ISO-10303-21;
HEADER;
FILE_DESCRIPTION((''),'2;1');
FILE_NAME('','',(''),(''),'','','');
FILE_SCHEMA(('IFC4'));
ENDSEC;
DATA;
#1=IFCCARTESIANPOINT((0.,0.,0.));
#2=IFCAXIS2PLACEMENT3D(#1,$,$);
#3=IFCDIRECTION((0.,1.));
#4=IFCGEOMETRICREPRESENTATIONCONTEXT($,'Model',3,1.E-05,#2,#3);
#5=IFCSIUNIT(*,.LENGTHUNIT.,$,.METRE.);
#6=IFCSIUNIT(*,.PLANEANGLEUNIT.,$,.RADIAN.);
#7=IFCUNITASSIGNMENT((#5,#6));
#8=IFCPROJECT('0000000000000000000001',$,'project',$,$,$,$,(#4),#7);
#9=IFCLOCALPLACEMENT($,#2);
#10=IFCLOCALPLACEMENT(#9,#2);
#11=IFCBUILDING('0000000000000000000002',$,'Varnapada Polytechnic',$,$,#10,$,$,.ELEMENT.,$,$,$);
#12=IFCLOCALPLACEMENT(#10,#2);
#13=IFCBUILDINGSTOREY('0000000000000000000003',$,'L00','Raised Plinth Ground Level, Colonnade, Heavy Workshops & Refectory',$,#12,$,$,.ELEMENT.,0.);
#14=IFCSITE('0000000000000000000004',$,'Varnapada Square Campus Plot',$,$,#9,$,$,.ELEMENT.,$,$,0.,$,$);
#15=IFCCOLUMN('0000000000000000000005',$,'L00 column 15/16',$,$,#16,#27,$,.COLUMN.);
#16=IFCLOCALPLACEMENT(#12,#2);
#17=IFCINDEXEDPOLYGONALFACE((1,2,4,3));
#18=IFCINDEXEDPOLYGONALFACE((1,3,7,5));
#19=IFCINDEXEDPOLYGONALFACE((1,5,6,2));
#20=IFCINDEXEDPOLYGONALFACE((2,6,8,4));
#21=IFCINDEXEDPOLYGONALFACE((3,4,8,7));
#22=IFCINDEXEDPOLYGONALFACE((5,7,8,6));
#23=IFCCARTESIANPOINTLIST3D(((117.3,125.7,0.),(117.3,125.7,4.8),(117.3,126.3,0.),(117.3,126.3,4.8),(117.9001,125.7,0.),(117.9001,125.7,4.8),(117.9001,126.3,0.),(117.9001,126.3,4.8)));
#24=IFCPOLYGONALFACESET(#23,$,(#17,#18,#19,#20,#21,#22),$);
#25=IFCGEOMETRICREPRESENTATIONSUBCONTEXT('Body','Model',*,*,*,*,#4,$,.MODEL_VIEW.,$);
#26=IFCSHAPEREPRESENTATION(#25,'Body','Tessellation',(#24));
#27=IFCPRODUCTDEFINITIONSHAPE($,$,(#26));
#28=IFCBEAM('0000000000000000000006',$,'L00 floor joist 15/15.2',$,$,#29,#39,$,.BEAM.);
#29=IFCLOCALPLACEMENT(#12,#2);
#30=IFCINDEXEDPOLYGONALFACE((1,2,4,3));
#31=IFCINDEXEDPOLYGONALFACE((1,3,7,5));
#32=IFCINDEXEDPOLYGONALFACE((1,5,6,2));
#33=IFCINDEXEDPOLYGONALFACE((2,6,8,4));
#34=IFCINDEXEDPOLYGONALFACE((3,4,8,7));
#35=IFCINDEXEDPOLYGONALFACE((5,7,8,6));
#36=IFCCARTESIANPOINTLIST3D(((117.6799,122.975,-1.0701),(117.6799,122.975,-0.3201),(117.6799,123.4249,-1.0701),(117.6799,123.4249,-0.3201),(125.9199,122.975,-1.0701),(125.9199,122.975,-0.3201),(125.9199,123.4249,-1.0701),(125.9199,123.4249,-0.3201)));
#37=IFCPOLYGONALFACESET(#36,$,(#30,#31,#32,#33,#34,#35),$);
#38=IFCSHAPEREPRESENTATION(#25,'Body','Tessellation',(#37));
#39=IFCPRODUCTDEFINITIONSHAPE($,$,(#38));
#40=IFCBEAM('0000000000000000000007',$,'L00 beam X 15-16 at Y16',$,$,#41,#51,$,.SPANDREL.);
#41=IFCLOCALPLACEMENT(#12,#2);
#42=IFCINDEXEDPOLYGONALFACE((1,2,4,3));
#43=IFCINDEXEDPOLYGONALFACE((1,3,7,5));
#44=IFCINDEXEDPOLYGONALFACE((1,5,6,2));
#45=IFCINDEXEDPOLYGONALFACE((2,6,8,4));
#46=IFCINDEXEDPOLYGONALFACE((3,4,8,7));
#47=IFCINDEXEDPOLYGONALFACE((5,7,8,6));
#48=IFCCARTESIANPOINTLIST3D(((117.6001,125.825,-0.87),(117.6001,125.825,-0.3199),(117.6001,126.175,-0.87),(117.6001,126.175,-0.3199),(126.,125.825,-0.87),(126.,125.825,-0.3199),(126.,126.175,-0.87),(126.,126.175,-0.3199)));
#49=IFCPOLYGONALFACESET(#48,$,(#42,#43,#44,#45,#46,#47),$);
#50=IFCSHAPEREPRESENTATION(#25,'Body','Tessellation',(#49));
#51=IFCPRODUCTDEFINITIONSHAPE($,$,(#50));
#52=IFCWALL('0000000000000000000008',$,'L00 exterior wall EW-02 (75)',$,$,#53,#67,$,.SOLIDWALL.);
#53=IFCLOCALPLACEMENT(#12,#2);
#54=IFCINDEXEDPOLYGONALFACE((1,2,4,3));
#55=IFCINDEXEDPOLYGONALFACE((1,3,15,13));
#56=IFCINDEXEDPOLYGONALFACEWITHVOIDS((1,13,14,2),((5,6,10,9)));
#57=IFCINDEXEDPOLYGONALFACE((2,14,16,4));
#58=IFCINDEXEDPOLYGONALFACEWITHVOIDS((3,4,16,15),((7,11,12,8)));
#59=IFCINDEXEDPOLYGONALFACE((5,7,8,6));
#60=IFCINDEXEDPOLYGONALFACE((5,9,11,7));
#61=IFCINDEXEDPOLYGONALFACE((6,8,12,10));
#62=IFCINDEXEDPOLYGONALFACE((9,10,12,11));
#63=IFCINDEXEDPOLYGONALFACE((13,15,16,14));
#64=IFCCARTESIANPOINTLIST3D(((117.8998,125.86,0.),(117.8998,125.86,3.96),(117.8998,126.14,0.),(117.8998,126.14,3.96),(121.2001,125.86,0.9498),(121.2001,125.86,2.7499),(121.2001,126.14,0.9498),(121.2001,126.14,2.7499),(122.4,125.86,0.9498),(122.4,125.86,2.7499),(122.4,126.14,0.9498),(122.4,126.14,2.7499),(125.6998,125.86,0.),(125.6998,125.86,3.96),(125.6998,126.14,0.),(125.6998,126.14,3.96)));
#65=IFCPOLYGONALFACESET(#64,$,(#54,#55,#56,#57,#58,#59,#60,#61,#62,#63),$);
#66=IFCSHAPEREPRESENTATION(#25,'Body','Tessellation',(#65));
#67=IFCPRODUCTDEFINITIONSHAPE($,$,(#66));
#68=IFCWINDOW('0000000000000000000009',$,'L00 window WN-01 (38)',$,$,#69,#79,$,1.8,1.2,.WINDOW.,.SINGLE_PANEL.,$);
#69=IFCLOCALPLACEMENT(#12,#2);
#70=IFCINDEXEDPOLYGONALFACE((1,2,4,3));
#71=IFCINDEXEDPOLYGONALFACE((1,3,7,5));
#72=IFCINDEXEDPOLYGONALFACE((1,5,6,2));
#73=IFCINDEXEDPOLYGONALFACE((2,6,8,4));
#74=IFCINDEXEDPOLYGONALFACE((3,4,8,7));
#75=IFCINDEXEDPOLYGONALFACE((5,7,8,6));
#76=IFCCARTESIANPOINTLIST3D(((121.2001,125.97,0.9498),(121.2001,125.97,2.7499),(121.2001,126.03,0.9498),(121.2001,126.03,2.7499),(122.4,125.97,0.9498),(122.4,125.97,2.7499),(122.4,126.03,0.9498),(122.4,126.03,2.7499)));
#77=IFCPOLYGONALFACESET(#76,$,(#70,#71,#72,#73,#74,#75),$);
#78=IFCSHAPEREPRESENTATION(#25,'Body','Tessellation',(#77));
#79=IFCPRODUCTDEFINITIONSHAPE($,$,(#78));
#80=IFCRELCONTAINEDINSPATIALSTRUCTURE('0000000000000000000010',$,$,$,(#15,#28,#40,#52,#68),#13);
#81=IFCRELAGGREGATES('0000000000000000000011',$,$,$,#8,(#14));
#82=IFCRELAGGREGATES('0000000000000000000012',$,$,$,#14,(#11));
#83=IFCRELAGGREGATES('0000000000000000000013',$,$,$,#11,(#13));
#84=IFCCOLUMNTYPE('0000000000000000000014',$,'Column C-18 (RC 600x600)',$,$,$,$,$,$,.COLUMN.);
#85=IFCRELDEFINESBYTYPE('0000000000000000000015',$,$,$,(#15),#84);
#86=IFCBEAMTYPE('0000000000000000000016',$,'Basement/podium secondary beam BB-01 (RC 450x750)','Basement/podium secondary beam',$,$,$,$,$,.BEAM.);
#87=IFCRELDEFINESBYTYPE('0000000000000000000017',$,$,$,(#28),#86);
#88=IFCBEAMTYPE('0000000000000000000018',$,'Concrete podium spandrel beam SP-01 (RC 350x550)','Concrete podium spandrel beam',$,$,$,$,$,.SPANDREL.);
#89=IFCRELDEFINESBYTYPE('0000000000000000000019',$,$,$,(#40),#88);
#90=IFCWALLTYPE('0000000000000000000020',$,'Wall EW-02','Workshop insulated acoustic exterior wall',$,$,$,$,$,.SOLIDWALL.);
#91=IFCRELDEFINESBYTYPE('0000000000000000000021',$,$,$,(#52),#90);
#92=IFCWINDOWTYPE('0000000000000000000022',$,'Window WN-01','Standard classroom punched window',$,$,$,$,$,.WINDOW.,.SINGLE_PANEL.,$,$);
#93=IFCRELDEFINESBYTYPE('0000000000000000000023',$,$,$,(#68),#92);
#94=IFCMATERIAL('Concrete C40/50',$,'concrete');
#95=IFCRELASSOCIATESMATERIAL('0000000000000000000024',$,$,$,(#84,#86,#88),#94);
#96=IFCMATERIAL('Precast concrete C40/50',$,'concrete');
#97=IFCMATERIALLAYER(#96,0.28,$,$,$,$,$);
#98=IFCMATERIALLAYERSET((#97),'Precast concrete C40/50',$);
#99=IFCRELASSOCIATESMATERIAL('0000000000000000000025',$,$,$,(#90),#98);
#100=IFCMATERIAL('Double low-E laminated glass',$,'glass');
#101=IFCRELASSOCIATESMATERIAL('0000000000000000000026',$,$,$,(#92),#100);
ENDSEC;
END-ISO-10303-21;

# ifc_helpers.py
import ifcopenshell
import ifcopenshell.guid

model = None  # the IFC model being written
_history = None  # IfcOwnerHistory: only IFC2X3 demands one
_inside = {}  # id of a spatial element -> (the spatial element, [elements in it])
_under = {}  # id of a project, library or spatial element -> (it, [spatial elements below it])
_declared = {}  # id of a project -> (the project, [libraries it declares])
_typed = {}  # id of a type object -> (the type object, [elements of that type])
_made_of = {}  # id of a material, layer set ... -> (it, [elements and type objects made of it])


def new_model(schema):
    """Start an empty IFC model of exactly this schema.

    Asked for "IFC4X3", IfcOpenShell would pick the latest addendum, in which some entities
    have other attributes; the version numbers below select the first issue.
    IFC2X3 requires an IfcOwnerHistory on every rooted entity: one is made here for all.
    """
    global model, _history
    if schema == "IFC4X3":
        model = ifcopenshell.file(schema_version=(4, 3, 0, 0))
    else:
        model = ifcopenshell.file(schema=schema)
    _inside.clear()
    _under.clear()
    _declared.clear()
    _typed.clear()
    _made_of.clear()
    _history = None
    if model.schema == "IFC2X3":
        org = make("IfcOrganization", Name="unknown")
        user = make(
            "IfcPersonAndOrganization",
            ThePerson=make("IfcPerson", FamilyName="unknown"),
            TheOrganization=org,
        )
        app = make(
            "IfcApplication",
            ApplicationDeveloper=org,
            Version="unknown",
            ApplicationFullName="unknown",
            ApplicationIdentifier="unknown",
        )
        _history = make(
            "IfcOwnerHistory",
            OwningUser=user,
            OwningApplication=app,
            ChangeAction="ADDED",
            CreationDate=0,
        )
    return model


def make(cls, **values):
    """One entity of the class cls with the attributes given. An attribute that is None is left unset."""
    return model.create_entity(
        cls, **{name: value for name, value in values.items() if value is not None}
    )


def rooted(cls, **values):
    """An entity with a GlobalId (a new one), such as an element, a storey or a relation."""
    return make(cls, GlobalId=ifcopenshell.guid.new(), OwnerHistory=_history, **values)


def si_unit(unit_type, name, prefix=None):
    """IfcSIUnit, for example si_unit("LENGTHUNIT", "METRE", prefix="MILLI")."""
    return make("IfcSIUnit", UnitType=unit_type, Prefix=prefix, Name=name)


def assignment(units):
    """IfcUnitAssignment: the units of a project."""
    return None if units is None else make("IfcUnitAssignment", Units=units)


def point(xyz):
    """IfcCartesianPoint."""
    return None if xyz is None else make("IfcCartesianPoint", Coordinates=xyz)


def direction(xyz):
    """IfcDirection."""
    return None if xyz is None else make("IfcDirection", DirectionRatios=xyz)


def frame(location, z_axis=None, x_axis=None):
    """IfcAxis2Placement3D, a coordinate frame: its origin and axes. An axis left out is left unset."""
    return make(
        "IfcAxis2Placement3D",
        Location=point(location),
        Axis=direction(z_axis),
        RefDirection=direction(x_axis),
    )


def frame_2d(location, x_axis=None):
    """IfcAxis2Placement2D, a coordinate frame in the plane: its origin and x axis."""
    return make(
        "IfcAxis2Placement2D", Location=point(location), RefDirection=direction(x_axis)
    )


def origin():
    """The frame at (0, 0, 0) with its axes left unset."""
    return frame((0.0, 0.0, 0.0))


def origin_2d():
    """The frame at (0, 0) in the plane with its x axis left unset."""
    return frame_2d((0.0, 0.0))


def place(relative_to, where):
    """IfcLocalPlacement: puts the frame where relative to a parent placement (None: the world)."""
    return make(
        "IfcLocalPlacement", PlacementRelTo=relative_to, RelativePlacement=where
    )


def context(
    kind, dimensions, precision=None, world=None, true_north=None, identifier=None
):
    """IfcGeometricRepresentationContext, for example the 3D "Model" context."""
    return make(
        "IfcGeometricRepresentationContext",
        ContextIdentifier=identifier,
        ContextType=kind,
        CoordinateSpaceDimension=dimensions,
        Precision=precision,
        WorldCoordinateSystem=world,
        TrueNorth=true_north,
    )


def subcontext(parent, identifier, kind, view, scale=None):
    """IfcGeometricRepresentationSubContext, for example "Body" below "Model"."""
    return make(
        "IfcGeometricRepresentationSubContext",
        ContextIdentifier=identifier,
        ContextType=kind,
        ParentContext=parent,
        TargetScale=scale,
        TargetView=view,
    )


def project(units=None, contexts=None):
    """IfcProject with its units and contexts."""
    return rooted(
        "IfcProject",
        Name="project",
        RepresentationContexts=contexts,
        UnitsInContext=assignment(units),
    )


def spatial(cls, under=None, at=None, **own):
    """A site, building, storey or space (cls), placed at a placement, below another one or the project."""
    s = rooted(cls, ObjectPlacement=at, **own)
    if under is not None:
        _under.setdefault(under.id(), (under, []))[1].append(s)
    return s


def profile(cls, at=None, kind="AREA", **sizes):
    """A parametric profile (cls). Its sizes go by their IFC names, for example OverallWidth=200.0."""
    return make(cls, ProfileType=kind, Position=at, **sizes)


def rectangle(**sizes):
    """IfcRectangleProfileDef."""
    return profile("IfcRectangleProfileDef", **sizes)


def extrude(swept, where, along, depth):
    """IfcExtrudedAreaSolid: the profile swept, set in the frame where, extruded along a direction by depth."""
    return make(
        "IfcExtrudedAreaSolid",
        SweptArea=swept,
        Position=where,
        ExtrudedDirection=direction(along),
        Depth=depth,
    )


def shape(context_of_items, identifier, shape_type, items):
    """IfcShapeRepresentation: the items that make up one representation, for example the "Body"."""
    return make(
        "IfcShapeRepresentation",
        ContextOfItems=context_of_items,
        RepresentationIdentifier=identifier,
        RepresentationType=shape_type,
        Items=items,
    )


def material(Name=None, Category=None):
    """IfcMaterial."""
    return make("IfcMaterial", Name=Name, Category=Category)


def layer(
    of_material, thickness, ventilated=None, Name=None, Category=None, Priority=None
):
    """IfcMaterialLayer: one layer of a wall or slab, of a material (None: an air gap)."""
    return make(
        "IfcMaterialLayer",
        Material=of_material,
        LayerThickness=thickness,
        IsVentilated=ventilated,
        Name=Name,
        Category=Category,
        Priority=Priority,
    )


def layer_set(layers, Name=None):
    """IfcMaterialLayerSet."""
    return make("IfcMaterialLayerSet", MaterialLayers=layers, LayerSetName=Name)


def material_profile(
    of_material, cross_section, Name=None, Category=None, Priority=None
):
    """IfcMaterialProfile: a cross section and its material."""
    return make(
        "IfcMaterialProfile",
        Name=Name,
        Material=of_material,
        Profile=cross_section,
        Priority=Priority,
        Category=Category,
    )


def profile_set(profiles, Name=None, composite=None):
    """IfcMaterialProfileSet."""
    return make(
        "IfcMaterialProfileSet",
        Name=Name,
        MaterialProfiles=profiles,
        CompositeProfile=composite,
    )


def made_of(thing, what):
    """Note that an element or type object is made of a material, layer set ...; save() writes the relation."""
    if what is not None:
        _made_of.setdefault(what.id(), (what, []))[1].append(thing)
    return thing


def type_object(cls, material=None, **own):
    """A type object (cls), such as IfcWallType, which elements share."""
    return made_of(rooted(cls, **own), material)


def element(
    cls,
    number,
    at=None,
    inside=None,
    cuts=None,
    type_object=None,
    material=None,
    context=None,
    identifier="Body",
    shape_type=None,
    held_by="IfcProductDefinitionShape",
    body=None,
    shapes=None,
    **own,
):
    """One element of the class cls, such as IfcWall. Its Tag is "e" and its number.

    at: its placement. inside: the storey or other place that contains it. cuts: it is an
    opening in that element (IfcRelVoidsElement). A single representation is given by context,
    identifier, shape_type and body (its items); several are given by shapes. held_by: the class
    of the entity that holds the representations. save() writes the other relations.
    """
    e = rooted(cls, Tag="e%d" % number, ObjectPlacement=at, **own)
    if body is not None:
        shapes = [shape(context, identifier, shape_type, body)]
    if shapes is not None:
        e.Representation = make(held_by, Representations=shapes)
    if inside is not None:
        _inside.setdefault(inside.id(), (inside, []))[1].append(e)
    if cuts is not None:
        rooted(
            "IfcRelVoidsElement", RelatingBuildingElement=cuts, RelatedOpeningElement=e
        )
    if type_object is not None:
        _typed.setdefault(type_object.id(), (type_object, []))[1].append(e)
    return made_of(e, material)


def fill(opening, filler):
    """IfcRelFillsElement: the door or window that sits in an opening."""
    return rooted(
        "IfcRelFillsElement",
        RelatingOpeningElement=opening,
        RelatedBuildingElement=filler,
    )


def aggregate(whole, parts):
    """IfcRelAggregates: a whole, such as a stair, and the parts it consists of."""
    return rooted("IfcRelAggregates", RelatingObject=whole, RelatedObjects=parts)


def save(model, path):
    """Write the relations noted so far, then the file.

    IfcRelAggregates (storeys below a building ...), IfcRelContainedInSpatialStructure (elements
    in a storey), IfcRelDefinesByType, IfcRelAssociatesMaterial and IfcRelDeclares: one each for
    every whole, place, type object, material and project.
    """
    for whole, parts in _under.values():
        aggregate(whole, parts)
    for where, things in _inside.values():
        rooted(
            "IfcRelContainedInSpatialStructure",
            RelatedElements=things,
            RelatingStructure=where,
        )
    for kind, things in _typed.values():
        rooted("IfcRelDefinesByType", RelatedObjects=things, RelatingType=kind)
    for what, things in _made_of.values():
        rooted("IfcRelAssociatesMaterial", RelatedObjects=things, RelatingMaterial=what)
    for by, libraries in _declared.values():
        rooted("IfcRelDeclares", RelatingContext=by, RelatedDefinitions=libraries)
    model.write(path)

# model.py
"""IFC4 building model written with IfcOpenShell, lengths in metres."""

from ifc_helpers import new_model, si_unit, direction, frame, frame_2d, origin, origin_2d, place, context, subcontext, project, spatial, rectangle, extrude, material, layer, layer_set, material_profile, profile_set, type_object, element, fill, save


model = new_model("IFC4")

# Units and contexts
model_context = context("Model", 3, precision=1e-05, world=origin(), true_north=direction((0.0, 1.0)))
body_context = subcontext(model_context, "Body", "Model", "MODEL_VIEW")
ifc_project = project(units=[si_unit("LENGTHUNIT", "METRE"), si_unit("PLANEANGLEUNIT", "RADIAN")], contexts=[model_context])

# Site, building, storey
site_placement = place(None, origin())
site = spatial("IfcSite", under=ifc_project, at=site_placement, Name="Varnapada Square Campus Plot", CompositionType="ELEMENT", RefElevation=0.0)
building_placement = place(site_placement, origin())
building = spatial("IfcBuilding", under=site, at=building_placement, Name="Varnapada Polytechnic", CompositionType="ELEMENT")
storey_placement = place(building_placement, origin())
storey = spatial("IfcBuildingStorey", under=building, at=storey_placement, Name="L00", Description="Raised Plinth Ground Level, Colonnade, Heavy Workshops & Refectory", CompositionType="ELEMENT", Elevation=0.0)

# Column
ifc_material_1 = material(Name="Concrete C40/50", Category="concrete")
ifc_material_profile_1 = material_profile(ifc_material_1, rectangle(XDim=0.6001, YDim=0.6001, at=origin_2d()), Name="RC 600x600")
ifc_profile_set_1 = profile_set([ifc_material_profile_1], Name="Concrete C40/50")
column_type = type_object("IfcColumnType", Name="Column C-18 (RC 600x600)", PredefinedType="COLUMN", material=ifc_profile_set_1)
column_placement = place(storey_placement, frame((117.6001, 126.0, 0.0), z_axis=(0.0, 0.0, 1.0), x_axis=(1.0, 0.0, 0.0)))
element("IfcColumn", 1, at=column_placement, inside=storey, type_object=column_type, Name="L00 column 15/16", PredefinedType="COLUMN", context=body_context, shape_type="SweptSolid", body=[
    extrude(rectangle(XDim=0.6001, YDim=0.6001, at=origin_2d()), origin(), (0.0, 0.0, 1.0), 4.8),
])

# Beams
ifc_material_profile_2 = material_profile(ifc_material_1, rectangle(XDim=0.45, YDim=0.75, at=origin_2d()), Name="RC 450x750")
ifc_profile_set_2 = profile_set([ifc_material_profile_2], Name="Concrete C40/50")
beam_type_1 = type_object("IfcBeamType", Name="Basement/podium secondary beam BB-01 (RC 450x750)", Description="Basement/podium secondary beam", PredefinedType="BEAM", material=ifc_profile_set_2)
beam_1_placement = place(storey_placement, frame((117.6799, 123.2, -0.6951), z_axis=(1.0, 0.0, 0.0), x_axis=(0.0, 1.0, 0.0)))
element("IfcBeam", 2, at=beam_1_placement, inside=storey, type_object=beam_type_1, Name="L00 floor joist 15/15.2", PredefinedType="BEAM", context=body_context, shape_type="SweptSolid", body=[
    extrude(rectangle(XDim=0.45, YDim=0.75, at=origin_2d()), origin(), (0.0, 0.0, 1.0), 8.24),
])
ifc_material_profile_3 = material_profile(ifc_material_1, rectangle(XDim=0.3501, YDim=0.55, at=origin_2d()), Name="RC 350x550")
ifc_profile_set_3 = profile_set([ifc_material_profile_3], Name="Concrete C40/50")
beam_type_2 = type_object("IfcBeamType", Name="Concrete podium spandrel beam SP-01 (RC 350x550)", Description="Concrete podium spandrel beam", PredefinedType="SPANDREL", material=ifc_profile_set_3)
beam_2_placement = place(storey_placement, frame((117.6001, 126.0, -0.595), z_axis=(1.0, 0.0, 0.0), x_axis=(0.0, 1.0, 0.0)))
element("IfcBeam", 3, at=beam_2_placement, inside=storey, type_object=beam_type_2, Name="L00 beam X 15-16 at Y16", PredefinedType="SPANDREL", context=body_context, shape_type="SweptSolid", body=[
    extrude(rectangle(XDim=0.3501, YDim=0.55, at=origin_2d()), origin(), (0.0, 0.0, 1.0), 8.3999),
])

# Wall, opening, window
ifc_material_2 = material(Name="Precast concrete C40/50", Category="concrete")
ifc_layer_1 = layer(ifc_material_2, 0.28)
ifc_layer_set_1 = layer_set([ifc_layer_1], Name="Precast concrete C40/50")
wall_type = type_object("IfcWallType", Name="Wall EW-02", Description="Workshop insulated acoustic exterior wall", PredefinedType="SOLIDWALL", material=ifc_layer_set_1)
wall_placement = place(storey_placement, frame((117.8999, 126.0, 0.0), z_axis=(0.0, 0.0, 1.0), x_axis=(1.0, 0.0, 0.0)))
wall = element("IfcWall", 4, at=wall_placement, inside=storey, type_object=wall_type, Name="L00 exterior wall EW-02 (75)", PredefinedType="SOLIDWALL", context=body_context, shape_type="SweptSolid", body=[
    extrude(rectangle(XDim=7.8, YDim=0.28, at=frame_2d((3.8999, 0.0))), origin(), (0.0, 0.0, 1.0), 3.96),
])
opening_1_placement = place(wall_placement, frame((3.3, 0.0, 0.95)))
opening_1 = element("IfcOpeningElement", 5, at=opening_1_placement, cuts=wall, PredefinedType="OPENING", context=body_context, shape_type="SweptSolid", body=[
    extrude(rectangle(XDim=1.2, YDim=1.8, at=frame_2d((0.6001, 0.8999))), frame((0.0, 0.1499, 0.0), z_axis=(0.0, -1.0, 0.0), x_axis=(1.0, 0.0, 0.0)), (0.0, 0.0, 1.0), 0.3),
])
ifc_material_3 = material(Name="Double low-E laminated glass", Category="glass")
window_type = type_object("IfcWindowType", Name="Window WN-01", Description="Standard classroom punched window", PartitioningType="SINGLE_PANEL", PredefinedType="WINDOW", material=ifc_material_3)
window_placement = place(opening_1_placement, origin())
window = element("IfcWindow", 6, at=window_placement, inside=storey, type_object=window_type, Name="L00 window WN-01 (38)", OverallHeight=1.8, OverallWidth=1.2, PartitioningType="SINGLE_PANEL", PredefinedType="WINDOW", context=body_context, shape_type="SweptSolid", body=[
    extrude(rectangle(XDim=1.2, YDim=1.8, at=frame_2d((0.6001, 0.8999))), frame((0.0, 0.03, 0.0), z_axis=(0.0, -1.0, 0.0), x_axis=(1.0, 0.0, 0.0)), (0.0, 0.0, 1.0), 0.0601),
])
fill(opening_1, window)

save(model, "model.ifc")
